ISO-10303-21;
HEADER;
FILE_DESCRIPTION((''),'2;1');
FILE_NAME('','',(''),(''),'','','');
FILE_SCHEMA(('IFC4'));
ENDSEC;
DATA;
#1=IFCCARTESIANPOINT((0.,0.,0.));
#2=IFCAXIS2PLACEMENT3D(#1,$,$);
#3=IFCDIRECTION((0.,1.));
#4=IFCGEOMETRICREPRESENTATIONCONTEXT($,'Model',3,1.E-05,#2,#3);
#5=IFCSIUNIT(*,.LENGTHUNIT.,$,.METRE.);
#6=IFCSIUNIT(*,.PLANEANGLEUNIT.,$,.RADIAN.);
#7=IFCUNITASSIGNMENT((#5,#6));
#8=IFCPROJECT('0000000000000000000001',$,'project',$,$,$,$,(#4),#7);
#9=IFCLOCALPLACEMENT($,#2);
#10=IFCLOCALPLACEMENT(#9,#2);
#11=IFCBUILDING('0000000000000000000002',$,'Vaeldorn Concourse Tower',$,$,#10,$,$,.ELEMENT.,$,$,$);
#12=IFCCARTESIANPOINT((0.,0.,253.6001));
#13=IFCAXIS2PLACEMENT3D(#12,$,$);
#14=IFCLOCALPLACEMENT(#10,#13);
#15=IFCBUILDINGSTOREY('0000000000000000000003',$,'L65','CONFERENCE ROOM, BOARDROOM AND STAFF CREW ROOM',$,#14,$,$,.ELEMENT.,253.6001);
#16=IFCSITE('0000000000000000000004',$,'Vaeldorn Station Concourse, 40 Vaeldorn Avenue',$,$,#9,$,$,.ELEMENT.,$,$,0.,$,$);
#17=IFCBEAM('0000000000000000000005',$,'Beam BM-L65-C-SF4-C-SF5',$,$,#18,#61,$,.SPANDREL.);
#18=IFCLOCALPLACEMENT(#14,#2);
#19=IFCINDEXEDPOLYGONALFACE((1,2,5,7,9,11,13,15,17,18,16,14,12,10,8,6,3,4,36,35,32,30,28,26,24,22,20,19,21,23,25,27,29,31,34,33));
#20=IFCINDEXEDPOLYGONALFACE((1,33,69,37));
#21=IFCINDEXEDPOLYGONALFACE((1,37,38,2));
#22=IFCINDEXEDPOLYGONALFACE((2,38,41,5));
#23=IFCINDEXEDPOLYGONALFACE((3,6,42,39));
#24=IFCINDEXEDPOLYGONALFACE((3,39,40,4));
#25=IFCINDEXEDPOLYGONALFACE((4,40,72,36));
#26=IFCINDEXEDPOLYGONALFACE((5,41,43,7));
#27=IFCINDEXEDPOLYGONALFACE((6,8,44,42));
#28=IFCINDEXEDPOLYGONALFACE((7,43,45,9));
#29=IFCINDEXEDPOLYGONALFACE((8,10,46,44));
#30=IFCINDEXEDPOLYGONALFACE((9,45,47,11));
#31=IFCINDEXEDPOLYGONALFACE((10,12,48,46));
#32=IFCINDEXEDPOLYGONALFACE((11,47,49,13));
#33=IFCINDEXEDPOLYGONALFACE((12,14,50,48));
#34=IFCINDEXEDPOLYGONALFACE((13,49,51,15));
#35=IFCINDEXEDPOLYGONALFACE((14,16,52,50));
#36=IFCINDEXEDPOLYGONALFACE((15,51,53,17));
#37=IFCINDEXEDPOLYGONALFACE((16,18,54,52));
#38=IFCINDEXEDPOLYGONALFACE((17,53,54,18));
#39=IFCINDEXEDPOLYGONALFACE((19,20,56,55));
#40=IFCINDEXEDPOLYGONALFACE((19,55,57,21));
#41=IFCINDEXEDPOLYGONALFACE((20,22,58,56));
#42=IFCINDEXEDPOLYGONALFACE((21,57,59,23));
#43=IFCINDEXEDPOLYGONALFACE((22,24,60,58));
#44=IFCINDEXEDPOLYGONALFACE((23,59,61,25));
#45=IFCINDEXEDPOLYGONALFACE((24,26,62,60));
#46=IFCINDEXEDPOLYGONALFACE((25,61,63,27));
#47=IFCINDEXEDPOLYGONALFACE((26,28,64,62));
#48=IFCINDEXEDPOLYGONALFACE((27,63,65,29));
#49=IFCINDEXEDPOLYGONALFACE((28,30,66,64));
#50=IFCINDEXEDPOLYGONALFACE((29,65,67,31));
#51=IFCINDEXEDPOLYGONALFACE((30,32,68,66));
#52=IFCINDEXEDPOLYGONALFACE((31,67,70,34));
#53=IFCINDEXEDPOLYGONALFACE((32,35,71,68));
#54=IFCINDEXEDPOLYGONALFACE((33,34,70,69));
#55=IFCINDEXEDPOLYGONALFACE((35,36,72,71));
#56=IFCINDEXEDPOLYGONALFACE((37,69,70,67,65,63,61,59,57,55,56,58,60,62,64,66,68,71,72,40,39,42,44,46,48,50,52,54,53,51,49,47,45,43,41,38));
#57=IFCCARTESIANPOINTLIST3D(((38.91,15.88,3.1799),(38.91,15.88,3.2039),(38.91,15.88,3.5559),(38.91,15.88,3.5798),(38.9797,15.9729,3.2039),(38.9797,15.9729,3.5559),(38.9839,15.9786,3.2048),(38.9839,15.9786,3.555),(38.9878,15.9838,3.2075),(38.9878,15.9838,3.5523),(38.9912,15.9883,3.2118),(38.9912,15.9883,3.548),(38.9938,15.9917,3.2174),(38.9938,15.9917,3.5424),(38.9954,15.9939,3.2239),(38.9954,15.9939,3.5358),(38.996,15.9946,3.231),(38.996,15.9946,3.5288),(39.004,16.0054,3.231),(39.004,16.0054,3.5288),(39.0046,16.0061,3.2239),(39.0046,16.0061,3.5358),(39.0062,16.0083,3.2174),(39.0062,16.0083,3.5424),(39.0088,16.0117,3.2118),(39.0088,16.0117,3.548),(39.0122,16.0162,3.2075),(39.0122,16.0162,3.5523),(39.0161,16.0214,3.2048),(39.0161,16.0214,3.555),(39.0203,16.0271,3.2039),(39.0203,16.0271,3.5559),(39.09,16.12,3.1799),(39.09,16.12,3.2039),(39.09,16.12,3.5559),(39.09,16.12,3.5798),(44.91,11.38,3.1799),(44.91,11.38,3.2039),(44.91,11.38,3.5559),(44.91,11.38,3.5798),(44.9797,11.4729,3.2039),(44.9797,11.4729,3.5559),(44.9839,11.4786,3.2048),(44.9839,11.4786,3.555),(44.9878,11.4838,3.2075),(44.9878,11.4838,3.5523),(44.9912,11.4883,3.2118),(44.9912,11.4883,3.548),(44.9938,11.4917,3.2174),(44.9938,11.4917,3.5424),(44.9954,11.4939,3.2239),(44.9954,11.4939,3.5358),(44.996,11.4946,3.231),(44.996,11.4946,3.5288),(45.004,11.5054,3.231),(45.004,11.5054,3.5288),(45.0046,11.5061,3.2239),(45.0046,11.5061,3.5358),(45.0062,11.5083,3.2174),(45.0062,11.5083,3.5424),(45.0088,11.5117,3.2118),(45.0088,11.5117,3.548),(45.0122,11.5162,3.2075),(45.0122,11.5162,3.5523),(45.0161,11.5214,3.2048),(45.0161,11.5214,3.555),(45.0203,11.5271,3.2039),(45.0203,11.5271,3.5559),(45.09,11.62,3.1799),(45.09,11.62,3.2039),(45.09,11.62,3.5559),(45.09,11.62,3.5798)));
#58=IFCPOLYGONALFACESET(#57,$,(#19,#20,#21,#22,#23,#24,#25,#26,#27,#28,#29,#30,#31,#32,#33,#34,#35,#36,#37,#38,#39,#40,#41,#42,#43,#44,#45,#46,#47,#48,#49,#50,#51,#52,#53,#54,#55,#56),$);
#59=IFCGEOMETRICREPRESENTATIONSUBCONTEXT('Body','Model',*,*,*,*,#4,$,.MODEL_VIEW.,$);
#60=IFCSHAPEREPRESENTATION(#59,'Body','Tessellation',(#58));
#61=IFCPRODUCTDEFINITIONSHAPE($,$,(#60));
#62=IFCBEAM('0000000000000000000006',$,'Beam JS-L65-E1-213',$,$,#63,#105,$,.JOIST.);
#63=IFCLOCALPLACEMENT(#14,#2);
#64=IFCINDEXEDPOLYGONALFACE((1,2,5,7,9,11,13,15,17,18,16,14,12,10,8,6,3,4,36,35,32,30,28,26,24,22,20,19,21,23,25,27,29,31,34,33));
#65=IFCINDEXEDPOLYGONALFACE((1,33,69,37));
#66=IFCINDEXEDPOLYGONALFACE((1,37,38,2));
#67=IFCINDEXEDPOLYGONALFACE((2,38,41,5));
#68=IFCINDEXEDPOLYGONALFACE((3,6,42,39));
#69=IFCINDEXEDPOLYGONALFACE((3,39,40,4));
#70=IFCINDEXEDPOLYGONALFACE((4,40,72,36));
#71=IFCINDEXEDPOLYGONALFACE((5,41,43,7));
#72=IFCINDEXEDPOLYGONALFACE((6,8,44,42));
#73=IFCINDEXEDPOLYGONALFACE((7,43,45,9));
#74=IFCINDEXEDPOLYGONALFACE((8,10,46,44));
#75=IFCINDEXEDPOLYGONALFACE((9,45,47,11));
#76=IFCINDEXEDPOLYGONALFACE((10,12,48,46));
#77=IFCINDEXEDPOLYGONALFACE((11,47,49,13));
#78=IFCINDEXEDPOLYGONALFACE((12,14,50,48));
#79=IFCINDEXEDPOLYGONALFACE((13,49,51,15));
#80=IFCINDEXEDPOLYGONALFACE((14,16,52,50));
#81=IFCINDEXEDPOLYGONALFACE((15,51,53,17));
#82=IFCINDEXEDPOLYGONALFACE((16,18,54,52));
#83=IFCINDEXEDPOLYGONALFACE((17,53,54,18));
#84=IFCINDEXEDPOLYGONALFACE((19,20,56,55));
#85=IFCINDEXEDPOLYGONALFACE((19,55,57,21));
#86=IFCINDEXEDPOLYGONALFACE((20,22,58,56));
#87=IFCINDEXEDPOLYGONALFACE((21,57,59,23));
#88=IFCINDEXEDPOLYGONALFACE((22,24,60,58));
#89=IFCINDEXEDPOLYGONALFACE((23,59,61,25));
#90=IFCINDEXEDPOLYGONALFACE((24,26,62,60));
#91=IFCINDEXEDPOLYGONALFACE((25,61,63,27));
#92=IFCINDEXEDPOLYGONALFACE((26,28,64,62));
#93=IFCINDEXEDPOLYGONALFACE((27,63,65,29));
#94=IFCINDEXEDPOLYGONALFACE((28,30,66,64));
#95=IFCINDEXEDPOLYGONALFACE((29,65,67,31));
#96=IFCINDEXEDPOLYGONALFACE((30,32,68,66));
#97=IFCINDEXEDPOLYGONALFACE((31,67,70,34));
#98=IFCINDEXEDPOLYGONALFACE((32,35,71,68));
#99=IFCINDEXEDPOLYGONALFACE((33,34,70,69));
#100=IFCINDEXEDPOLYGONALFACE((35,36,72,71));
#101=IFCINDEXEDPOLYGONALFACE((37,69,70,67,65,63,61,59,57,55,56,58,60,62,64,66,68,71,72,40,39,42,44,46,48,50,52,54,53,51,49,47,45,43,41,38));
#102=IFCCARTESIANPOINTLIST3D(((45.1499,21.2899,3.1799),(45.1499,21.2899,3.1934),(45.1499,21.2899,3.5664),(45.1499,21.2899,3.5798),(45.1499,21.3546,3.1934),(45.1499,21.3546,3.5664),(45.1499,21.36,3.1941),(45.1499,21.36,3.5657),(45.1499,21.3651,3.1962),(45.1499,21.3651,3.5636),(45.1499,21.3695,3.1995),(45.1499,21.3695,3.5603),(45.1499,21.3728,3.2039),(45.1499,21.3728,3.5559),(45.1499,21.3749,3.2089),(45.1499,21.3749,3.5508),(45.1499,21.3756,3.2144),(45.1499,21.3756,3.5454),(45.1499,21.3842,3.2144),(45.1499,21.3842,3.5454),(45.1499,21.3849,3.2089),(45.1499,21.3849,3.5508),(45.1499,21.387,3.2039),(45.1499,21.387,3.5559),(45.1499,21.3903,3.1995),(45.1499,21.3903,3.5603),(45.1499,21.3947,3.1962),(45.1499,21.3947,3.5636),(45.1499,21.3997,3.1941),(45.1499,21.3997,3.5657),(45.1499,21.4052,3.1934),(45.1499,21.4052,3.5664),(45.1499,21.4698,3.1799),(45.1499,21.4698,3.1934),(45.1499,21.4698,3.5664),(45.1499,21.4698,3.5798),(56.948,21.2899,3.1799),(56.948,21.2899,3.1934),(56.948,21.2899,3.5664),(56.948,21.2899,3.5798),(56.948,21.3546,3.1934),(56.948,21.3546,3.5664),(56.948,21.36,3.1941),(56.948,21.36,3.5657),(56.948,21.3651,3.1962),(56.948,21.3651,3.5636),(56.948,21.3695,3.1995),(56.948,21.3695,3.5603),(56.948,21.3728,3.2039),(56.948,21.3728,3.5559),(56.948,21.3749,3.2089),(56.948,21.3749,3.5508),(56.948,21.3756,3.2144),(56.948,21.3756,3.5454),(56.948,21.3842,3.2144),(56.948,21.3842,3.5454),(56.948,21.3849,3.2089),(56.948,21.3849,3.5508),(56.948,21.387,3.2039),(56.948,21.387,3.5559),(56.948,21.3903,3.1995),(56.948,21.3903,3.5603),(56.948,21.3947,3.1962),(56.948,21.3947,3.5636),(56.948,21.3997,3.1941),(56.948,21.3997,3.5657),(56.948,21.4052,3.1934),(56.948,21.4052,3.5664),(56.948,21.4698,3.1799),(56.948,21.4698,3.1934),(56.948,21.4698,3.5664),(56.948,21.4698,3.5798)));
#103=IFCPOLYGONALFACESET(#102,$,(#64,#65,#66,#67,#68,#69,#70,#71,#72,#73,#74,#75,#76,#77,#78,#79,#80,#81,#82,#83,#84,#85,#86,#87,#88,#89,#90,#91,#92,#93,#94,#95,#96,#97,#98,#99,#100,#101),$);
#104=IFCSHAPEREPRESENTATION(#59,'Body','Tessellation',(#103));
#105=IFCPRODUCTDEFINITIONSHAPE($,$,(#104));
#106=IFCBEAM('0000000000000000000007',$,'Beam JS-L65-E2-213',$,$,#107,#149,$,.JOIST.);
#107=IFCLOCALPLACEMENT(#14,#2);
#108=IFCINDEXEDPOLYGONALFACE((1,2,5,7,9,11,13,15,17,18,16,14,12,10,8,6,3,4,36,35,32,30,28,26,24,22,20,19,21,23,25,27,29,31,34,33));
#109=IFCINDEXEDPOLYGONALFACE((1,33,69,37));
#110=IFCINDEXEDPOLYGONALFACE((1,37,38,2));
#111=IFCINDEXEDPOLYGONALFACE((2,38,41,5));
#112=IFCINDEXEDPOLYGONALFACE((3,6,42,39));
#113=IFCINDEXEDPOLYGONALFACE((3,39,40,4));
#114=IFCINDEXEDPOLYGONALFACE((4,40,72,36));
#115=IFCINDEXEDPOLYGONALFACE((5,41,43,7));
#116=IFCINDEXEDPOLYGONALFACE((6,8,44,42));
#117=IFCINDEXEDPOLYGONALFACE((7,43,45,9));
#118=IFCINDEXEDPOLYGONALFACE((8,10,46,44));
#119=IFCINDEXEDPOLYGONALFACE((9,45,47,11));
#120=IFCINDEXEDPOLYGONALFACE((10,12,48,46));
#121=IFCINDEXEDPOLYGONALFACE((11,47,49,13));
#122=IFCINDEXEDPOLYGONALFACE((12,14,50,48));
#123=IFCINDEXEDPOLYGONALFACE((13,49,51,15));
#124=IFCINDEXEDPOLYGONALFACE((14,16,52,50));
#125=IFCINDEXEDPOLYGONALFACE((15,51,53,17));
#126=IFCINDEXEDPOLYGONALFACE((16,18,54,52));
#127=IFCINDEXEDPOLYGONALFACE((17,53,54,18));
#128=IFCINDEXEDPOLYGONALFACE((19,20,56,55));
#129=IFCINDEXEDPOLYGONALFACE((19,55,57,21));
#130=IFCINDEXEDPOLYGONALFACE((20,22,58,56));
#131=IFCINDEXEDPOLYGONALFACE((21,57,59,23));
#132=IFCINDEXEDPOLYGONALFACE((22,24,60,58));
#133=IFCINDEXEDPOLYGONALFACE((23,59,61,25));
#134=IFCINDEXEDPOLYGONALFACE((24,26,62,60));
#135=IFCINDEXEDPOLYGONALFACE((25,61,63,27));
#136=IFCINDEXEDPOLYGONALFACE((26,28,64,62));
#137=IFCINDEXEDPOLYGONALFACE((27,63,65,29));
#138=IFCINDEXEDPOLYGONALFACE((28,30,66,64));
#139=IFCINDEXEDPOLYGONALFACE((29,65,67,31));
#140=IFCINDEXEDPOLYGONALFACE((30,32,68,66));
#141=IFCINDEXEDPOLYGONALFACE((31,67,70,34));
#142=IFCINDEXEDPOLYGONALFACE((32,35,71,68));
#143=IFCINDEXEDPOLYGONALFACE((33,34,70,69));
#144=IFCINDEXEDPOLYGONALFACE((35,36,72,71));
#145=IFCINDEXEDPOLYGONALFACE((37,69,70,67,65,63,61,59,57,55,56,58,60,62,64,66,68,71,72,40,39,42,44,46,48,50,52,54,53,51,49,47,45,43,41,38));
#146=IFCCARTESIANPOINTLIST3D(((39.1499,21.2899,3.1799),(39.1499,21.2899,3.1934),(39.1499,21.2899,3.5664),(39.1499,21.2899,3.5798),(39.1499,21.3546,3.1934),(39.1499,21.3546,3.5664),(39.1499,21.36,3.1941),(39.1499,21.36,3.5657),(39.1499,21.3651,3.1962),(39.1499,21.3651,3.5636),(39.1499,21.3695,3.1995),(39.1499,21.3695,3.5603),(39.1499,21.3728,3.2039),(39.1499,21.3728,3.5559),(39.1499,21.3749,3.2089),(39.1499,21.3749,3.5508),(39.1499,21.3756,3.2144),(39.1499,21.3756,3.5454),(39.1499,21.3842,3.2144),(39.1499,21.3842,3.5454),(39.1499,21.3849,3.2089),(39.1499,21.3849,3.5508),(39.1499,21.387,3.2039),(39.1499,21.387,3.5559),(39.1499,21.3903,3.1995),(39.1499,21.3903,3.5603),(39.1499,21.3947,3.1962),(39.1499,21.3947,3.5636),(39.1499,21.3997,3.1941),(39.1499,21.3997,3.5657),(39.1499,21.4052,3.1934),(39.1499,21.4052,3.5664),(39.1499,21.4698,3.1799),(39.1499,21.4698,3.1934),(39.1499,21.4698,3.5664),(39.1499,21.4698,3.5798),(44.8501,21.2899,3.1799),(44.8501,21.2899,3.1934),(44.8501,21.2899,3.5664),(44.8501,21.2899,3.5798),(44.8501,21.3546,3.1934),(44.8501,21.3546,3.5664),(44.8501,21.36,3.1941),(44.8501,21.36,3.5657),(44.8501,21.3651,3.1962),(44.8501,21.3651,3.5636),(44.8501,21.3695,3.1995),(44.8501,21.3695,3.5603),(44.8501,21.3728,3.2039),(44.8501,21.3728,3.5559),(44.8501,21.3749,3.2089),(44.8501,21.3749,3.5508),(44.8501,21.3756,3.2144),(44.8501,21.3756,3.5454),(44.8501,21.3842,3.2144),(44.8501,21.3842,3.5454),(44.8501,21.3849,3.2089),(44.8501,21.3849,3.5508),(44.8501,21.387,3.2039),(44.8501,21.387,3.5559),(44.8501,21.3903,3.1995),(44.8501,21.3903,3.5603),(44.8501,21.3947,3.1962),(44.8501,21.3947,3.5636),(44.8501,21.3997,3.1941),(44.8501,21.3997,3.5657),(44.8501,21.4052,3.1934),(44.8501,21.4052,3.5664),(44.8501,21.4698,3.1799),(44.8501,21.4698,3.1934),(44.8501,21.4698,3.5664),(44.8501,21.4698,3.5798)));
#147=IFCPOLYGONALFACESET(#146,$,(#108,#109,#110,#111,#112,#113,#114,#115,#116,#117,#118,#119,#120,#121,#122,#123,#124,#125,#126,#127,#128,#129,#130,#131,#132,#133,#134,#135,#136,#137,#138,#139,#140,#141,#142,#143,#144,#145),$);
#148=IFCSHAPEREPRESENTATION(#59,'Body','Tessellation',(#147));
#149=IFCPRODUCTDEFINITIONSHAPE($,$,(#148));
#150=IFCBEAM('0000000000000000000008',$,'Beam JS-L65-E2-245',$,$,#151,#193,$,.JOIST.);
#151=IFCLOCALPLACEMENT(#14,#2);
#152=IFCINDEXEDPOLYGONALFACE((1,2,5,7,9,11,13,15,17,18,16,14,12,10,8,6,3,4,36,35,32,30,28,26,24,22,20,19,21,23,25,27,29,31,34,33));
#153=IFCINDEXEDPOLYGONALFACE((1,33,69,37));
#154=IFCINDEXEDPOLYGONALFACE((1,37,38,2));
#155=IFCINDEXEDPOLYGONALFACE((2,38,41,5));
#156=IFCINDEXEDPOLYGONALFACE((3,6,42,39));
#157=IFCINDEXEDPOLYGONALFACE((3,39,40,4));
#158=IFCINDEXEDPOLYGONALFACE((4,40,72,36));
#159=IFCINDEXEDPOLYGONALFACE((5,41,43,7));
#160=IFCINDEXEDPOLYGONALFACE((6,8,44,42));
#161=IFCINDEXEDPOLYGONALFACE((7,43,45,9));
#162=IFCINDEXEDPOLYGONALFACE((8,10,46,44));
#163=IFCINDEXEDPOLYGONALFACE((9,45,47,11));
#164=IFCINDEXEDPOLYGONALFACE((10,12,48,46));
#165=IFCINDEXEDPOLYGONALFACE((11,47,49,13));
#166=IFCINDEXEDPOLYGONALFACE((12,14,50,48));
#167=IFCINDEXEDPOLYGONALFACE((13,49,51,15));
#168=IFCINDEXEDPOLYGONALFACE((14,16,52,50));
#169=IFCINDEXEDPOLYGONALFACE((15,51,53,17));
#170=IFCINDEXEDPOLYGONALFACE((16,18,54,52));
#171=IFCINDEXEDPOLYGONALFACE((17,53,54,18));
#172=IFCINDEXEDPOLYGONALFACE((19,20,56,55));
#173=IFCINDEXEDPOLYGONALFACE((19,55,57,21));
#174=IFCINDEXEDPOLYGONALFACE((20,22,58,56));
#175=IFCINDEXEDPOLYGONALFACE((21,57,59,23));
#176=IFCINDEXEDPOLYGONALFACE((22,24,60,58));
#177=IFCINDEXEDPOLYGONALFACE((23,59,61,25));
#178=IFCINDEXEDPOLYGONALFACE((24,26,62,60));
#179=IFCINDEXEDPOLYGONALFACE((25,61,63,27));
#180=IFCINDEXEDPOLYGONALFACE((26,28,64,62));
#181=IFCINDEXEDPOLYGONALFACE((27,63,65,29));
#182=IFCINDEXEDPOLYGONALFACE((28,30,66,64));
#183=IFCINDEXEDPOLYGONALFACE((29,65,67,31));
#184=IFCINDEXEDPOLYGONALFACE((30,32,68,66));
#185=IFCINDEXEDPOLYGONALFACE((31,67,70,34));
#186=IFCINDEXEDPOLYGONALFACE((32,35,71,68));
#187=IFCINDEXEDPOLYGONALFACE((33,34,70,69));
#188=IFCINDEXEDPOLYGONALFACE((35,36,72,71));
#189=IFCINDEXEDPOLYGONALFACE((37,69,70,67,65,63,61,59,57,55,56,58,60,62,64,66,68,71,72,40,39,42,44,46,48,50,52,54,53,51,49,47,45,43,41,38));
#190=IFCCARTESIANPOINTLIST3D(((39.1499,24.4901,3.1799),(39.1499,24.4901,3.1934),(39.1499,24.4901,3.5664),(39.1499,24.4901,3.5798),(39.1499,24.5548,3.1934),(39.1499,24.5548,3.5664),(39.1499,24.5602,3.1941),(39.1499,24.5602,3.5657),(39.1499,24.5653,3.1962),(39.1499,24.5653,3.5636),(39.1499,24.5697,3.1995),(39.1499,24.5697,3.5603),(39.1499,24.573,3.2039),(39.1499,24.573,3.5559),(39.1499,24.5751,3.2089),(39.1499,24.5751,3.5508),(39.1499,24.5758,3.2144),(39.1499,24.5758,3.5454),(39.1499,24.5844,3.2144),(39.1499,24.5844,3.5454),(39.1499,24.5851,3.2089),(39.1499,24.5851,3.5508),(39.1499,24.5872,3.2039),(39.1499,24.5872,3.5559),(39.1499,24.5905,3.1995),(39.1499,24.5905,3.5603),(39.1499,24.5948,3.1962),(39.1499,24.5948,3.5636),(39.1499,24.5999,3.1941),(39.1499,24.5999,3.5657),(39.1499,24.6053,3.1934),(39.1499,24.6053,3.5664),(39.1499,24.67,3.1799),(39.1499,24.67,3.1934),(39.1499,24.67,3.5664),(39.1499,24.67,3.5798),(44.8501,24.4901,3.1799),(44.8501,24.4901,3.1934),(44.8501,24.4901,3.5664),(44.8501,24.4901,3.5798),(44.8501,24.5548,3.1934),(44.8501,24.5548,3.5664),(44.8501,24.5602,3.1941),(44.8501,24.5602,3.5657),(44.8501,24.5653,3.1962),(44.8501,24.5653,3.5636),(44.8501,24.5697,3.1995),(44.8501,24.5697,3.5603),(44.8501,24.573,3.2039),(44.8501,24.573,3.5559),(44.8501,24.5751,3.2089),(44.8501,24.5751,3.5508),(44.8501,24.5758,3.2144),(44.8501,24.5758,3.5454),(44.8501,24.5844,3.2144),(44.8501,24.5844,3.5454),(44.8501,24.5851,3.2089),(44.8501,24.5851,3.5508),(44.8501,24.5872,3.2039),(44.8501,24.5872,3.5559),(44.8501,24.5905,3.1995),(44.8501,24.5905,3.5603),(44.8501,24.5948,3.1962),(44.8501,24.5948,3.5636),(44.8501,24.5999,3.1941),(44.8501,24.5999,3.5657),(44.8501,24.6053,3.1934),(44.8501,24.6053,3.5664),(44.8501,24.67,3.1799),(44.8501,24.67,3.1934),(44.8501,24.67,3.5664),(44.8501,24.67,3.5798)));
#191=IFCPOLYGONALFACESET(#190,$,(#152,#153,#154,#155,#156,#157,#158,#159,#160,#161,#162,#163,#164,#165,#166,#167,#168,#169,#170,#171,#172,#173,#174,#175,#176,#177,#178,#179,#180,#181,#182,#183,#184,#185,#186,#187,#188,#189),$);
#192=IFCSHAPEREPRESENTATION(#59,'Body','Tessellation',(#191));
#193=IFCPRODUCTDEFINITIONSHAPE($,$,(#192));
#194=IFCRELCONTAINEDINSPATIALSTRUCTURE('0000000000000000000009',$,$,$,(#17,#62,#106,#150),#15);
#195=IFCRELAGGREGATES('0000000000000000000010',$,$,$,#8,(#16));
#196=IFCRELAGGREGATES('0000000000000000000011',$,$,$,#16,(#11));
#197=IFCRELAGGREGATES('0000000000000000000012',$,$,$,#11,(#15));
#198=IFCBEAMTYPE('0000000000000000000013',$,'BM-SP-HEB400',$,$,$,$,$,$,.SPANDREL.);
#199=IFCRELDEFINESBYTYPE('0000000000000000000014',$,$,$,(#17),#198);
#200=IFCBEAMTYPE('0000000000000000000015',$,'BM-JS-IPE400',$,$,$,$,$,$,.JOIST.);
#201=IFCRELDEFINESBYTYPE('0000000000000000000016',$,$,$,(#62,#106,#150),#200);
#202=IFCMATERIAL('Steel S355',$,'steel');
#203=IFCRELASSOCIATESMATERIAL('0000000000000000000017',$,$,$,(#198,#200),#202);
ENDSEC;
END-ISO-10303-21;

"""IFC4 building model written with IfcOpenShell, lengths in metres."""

from ifc_helpers import new_model, si_unit, direction, frame, origin, origin_2d, place, context, subcontext, project, spatial, i_section, extrude, source, transform, mapped, material, material_profile, profile_set, type_object, element, save


model = new_model("IFC4")

# Units and contexts
model_context = context("Model", 3, precision=1e-05, world=origin(), true_north=direction((0.0, 1.0)))
body_context = subcontext(model_context, "Body", "Model", "MODEL_VIEW")
ifc_project = project(units=[si_unit("LENGTHUNIT", "METRE"), si_unit("PLANEANGLEUNIT", "RADIAN")], contexts=[model_context])

# Site, building, storey
site_placement = place(None, origin())
site = spatial("IfcSite", under=ifc_project, at=site_placement, Name="Vaeldorn Station Concourse, 40 Vaeldorn Avenue", CompositionType="ELEMENT", RefElevation=0.0)
building_placement = place(site_placement, origin())
building = spatial("IfcBuilding", under=site, at=building_placement, Name="Vaeldorn Concourse Tower", CompositionType="ELEMENT")
storey_placement = place(building_placement, frame((0.0, 0.0, 253.6001)))
storey = spatial("IfcBuildingStorey", under=building, at=storey_placement, Name="L65", Description="CONFERENCE ROOM, BOARDROOM AND STAFF CREW ROOM", CompositionType="ELEMENT", Elevation=253.6001)

# Shared definitions
ifc_material_1 = material(Name="Steel S355", Category="steel")

# Beams
ifc_material_profile_1 = material_profile(ifc_material_1, i_section(OverallWidth=0.3, OverallDepth=0.3999, WebThickness=0.0134, FlangeThickness=0.0239, FilletRadius=0.0271, at=origin_2d()), Name="HEB 400")
ifc_profile_set_1 = profile_set([ifc_material_profile_1], Name="Steel S355")
beam_type_1 = type_object("IfcBeamType", Name="BM-SP-HEB400", PredefinedType="SPANDREL", material=ifc_profile_set_1)
shared_shape_1 = source(origin(), body_context, "Body", "SweptSolid", [
    extrude(i_section(OverallWidth=0.3, OverallDepth=0.3999, WebThickness=0.0134, FlangeThickness=0.0239, FilletRadius=0.0271, at=origin_2d()), origin(), (0.0, 0.0, 1.0), 7.5),
])
beam_1_placement = place(storey_placement, frame((39.0, 16.0, 3.3799), z_axis=(0.8, -0.6, 0.0), x_axis=(0.6, 0.8, 0.0)))
element("IfcBeam", 1, at=beam_1_placement, inside=storey, type_object=beam_type_1, Name="Beam BM-L65-C-SF4-C-SF5", PredefinedType="SPANDREL", context=body_context, shape_type="MappedRepresentation", body=[
    mapped(shared_shape_1, transform((0.0, 0.0, 0.0), scale=1.0)),
])
ifc_material_profile_2 = material_profile(ifc_material_1, i_section(OverallWidth=0.1799, OverallDepth=0.3999, WebThickness=0.0085, FlangeThickness=0.0134, FilletRadius=0.021, at=origin_2d()), Name="IPE 400")
ifc_profile_set_2 = profile_set([ifc_material_profile_2], Name="Steel S355")
beam_type_2 = type_object("IfcBeamType", Name="BM-JS-IPE400", PredefinedType="JOIST", material=ifc_profile_set_2)
shared_shape_2 = source(origin(), body_context, "Body", "SweptSolid", [
    extrude(i_section(OverallWidth=0.1799, OverallDepth=0.3999, WebThickness=0.0085, FlangeThickness=0.0134, FilletRadius=0.021, at=origin_2d()), origin(), (0.0, 0.0, 1.0), 11.7981),
])
beam_2_placement = place(storey_placement, frame((45.1499, 21.3799, 3.3799), z_axis=(1.0, 0.0, 0.0), x_axis=(0.0, 1.0, 0.0)))
element("IfcBeam", 2, at=beam_2_placement, inside=storey, type_object=beam_type_2, Name="Beam JS-L65-E1-213", PredefinedType="JOIST", context=body_context, shape_type="MappedRepresentation", body=[
    mapped(shared_shape_2, transform((0.0, 0.0, 0.0), scale=1.0)),
])
shared_shape_3 = source(origin(), body_context, "Body", "SweptSolid", [
    extrude(i_section(OverallWidth=0.1799, OverallDepth=0.3999, WebThickness=0.0085, FlangeThickness=0.0134, FilletRadius=0.021, at=origin_2d()), origin(), (0.0, 0.0, 1.0), 5.7002),
])
for number, where, z_axis, x_axis, name in (
    (3, (39.1499, 21.3799, 3.3799), (1.0, 0.0, 0.0), (0.0, 1.0, 0.0), "Beam JS-L65-E2-213"),
    (4, (39.1499, 24.5801, 3.3799), (1.0, 0.0, 0.0), (0.0, 1.0, 0.0), "Beam JS-L65-E2-245"),
):
    element("IfcBeam", number, at=place(storey_placement, frame(where, z_axis=z_axis, x_axis=x_axis)), inside=storey, type_object=beam_type_2, Name=name, PredefinedType="JOIST", context=body_context, shape_type="MappedRepresentation", body=[
        mapped(shared_shape_3, transform((0.0, 0.0, 0.0), scale=1.0)),
    ])

save(model, "model.ifc")
